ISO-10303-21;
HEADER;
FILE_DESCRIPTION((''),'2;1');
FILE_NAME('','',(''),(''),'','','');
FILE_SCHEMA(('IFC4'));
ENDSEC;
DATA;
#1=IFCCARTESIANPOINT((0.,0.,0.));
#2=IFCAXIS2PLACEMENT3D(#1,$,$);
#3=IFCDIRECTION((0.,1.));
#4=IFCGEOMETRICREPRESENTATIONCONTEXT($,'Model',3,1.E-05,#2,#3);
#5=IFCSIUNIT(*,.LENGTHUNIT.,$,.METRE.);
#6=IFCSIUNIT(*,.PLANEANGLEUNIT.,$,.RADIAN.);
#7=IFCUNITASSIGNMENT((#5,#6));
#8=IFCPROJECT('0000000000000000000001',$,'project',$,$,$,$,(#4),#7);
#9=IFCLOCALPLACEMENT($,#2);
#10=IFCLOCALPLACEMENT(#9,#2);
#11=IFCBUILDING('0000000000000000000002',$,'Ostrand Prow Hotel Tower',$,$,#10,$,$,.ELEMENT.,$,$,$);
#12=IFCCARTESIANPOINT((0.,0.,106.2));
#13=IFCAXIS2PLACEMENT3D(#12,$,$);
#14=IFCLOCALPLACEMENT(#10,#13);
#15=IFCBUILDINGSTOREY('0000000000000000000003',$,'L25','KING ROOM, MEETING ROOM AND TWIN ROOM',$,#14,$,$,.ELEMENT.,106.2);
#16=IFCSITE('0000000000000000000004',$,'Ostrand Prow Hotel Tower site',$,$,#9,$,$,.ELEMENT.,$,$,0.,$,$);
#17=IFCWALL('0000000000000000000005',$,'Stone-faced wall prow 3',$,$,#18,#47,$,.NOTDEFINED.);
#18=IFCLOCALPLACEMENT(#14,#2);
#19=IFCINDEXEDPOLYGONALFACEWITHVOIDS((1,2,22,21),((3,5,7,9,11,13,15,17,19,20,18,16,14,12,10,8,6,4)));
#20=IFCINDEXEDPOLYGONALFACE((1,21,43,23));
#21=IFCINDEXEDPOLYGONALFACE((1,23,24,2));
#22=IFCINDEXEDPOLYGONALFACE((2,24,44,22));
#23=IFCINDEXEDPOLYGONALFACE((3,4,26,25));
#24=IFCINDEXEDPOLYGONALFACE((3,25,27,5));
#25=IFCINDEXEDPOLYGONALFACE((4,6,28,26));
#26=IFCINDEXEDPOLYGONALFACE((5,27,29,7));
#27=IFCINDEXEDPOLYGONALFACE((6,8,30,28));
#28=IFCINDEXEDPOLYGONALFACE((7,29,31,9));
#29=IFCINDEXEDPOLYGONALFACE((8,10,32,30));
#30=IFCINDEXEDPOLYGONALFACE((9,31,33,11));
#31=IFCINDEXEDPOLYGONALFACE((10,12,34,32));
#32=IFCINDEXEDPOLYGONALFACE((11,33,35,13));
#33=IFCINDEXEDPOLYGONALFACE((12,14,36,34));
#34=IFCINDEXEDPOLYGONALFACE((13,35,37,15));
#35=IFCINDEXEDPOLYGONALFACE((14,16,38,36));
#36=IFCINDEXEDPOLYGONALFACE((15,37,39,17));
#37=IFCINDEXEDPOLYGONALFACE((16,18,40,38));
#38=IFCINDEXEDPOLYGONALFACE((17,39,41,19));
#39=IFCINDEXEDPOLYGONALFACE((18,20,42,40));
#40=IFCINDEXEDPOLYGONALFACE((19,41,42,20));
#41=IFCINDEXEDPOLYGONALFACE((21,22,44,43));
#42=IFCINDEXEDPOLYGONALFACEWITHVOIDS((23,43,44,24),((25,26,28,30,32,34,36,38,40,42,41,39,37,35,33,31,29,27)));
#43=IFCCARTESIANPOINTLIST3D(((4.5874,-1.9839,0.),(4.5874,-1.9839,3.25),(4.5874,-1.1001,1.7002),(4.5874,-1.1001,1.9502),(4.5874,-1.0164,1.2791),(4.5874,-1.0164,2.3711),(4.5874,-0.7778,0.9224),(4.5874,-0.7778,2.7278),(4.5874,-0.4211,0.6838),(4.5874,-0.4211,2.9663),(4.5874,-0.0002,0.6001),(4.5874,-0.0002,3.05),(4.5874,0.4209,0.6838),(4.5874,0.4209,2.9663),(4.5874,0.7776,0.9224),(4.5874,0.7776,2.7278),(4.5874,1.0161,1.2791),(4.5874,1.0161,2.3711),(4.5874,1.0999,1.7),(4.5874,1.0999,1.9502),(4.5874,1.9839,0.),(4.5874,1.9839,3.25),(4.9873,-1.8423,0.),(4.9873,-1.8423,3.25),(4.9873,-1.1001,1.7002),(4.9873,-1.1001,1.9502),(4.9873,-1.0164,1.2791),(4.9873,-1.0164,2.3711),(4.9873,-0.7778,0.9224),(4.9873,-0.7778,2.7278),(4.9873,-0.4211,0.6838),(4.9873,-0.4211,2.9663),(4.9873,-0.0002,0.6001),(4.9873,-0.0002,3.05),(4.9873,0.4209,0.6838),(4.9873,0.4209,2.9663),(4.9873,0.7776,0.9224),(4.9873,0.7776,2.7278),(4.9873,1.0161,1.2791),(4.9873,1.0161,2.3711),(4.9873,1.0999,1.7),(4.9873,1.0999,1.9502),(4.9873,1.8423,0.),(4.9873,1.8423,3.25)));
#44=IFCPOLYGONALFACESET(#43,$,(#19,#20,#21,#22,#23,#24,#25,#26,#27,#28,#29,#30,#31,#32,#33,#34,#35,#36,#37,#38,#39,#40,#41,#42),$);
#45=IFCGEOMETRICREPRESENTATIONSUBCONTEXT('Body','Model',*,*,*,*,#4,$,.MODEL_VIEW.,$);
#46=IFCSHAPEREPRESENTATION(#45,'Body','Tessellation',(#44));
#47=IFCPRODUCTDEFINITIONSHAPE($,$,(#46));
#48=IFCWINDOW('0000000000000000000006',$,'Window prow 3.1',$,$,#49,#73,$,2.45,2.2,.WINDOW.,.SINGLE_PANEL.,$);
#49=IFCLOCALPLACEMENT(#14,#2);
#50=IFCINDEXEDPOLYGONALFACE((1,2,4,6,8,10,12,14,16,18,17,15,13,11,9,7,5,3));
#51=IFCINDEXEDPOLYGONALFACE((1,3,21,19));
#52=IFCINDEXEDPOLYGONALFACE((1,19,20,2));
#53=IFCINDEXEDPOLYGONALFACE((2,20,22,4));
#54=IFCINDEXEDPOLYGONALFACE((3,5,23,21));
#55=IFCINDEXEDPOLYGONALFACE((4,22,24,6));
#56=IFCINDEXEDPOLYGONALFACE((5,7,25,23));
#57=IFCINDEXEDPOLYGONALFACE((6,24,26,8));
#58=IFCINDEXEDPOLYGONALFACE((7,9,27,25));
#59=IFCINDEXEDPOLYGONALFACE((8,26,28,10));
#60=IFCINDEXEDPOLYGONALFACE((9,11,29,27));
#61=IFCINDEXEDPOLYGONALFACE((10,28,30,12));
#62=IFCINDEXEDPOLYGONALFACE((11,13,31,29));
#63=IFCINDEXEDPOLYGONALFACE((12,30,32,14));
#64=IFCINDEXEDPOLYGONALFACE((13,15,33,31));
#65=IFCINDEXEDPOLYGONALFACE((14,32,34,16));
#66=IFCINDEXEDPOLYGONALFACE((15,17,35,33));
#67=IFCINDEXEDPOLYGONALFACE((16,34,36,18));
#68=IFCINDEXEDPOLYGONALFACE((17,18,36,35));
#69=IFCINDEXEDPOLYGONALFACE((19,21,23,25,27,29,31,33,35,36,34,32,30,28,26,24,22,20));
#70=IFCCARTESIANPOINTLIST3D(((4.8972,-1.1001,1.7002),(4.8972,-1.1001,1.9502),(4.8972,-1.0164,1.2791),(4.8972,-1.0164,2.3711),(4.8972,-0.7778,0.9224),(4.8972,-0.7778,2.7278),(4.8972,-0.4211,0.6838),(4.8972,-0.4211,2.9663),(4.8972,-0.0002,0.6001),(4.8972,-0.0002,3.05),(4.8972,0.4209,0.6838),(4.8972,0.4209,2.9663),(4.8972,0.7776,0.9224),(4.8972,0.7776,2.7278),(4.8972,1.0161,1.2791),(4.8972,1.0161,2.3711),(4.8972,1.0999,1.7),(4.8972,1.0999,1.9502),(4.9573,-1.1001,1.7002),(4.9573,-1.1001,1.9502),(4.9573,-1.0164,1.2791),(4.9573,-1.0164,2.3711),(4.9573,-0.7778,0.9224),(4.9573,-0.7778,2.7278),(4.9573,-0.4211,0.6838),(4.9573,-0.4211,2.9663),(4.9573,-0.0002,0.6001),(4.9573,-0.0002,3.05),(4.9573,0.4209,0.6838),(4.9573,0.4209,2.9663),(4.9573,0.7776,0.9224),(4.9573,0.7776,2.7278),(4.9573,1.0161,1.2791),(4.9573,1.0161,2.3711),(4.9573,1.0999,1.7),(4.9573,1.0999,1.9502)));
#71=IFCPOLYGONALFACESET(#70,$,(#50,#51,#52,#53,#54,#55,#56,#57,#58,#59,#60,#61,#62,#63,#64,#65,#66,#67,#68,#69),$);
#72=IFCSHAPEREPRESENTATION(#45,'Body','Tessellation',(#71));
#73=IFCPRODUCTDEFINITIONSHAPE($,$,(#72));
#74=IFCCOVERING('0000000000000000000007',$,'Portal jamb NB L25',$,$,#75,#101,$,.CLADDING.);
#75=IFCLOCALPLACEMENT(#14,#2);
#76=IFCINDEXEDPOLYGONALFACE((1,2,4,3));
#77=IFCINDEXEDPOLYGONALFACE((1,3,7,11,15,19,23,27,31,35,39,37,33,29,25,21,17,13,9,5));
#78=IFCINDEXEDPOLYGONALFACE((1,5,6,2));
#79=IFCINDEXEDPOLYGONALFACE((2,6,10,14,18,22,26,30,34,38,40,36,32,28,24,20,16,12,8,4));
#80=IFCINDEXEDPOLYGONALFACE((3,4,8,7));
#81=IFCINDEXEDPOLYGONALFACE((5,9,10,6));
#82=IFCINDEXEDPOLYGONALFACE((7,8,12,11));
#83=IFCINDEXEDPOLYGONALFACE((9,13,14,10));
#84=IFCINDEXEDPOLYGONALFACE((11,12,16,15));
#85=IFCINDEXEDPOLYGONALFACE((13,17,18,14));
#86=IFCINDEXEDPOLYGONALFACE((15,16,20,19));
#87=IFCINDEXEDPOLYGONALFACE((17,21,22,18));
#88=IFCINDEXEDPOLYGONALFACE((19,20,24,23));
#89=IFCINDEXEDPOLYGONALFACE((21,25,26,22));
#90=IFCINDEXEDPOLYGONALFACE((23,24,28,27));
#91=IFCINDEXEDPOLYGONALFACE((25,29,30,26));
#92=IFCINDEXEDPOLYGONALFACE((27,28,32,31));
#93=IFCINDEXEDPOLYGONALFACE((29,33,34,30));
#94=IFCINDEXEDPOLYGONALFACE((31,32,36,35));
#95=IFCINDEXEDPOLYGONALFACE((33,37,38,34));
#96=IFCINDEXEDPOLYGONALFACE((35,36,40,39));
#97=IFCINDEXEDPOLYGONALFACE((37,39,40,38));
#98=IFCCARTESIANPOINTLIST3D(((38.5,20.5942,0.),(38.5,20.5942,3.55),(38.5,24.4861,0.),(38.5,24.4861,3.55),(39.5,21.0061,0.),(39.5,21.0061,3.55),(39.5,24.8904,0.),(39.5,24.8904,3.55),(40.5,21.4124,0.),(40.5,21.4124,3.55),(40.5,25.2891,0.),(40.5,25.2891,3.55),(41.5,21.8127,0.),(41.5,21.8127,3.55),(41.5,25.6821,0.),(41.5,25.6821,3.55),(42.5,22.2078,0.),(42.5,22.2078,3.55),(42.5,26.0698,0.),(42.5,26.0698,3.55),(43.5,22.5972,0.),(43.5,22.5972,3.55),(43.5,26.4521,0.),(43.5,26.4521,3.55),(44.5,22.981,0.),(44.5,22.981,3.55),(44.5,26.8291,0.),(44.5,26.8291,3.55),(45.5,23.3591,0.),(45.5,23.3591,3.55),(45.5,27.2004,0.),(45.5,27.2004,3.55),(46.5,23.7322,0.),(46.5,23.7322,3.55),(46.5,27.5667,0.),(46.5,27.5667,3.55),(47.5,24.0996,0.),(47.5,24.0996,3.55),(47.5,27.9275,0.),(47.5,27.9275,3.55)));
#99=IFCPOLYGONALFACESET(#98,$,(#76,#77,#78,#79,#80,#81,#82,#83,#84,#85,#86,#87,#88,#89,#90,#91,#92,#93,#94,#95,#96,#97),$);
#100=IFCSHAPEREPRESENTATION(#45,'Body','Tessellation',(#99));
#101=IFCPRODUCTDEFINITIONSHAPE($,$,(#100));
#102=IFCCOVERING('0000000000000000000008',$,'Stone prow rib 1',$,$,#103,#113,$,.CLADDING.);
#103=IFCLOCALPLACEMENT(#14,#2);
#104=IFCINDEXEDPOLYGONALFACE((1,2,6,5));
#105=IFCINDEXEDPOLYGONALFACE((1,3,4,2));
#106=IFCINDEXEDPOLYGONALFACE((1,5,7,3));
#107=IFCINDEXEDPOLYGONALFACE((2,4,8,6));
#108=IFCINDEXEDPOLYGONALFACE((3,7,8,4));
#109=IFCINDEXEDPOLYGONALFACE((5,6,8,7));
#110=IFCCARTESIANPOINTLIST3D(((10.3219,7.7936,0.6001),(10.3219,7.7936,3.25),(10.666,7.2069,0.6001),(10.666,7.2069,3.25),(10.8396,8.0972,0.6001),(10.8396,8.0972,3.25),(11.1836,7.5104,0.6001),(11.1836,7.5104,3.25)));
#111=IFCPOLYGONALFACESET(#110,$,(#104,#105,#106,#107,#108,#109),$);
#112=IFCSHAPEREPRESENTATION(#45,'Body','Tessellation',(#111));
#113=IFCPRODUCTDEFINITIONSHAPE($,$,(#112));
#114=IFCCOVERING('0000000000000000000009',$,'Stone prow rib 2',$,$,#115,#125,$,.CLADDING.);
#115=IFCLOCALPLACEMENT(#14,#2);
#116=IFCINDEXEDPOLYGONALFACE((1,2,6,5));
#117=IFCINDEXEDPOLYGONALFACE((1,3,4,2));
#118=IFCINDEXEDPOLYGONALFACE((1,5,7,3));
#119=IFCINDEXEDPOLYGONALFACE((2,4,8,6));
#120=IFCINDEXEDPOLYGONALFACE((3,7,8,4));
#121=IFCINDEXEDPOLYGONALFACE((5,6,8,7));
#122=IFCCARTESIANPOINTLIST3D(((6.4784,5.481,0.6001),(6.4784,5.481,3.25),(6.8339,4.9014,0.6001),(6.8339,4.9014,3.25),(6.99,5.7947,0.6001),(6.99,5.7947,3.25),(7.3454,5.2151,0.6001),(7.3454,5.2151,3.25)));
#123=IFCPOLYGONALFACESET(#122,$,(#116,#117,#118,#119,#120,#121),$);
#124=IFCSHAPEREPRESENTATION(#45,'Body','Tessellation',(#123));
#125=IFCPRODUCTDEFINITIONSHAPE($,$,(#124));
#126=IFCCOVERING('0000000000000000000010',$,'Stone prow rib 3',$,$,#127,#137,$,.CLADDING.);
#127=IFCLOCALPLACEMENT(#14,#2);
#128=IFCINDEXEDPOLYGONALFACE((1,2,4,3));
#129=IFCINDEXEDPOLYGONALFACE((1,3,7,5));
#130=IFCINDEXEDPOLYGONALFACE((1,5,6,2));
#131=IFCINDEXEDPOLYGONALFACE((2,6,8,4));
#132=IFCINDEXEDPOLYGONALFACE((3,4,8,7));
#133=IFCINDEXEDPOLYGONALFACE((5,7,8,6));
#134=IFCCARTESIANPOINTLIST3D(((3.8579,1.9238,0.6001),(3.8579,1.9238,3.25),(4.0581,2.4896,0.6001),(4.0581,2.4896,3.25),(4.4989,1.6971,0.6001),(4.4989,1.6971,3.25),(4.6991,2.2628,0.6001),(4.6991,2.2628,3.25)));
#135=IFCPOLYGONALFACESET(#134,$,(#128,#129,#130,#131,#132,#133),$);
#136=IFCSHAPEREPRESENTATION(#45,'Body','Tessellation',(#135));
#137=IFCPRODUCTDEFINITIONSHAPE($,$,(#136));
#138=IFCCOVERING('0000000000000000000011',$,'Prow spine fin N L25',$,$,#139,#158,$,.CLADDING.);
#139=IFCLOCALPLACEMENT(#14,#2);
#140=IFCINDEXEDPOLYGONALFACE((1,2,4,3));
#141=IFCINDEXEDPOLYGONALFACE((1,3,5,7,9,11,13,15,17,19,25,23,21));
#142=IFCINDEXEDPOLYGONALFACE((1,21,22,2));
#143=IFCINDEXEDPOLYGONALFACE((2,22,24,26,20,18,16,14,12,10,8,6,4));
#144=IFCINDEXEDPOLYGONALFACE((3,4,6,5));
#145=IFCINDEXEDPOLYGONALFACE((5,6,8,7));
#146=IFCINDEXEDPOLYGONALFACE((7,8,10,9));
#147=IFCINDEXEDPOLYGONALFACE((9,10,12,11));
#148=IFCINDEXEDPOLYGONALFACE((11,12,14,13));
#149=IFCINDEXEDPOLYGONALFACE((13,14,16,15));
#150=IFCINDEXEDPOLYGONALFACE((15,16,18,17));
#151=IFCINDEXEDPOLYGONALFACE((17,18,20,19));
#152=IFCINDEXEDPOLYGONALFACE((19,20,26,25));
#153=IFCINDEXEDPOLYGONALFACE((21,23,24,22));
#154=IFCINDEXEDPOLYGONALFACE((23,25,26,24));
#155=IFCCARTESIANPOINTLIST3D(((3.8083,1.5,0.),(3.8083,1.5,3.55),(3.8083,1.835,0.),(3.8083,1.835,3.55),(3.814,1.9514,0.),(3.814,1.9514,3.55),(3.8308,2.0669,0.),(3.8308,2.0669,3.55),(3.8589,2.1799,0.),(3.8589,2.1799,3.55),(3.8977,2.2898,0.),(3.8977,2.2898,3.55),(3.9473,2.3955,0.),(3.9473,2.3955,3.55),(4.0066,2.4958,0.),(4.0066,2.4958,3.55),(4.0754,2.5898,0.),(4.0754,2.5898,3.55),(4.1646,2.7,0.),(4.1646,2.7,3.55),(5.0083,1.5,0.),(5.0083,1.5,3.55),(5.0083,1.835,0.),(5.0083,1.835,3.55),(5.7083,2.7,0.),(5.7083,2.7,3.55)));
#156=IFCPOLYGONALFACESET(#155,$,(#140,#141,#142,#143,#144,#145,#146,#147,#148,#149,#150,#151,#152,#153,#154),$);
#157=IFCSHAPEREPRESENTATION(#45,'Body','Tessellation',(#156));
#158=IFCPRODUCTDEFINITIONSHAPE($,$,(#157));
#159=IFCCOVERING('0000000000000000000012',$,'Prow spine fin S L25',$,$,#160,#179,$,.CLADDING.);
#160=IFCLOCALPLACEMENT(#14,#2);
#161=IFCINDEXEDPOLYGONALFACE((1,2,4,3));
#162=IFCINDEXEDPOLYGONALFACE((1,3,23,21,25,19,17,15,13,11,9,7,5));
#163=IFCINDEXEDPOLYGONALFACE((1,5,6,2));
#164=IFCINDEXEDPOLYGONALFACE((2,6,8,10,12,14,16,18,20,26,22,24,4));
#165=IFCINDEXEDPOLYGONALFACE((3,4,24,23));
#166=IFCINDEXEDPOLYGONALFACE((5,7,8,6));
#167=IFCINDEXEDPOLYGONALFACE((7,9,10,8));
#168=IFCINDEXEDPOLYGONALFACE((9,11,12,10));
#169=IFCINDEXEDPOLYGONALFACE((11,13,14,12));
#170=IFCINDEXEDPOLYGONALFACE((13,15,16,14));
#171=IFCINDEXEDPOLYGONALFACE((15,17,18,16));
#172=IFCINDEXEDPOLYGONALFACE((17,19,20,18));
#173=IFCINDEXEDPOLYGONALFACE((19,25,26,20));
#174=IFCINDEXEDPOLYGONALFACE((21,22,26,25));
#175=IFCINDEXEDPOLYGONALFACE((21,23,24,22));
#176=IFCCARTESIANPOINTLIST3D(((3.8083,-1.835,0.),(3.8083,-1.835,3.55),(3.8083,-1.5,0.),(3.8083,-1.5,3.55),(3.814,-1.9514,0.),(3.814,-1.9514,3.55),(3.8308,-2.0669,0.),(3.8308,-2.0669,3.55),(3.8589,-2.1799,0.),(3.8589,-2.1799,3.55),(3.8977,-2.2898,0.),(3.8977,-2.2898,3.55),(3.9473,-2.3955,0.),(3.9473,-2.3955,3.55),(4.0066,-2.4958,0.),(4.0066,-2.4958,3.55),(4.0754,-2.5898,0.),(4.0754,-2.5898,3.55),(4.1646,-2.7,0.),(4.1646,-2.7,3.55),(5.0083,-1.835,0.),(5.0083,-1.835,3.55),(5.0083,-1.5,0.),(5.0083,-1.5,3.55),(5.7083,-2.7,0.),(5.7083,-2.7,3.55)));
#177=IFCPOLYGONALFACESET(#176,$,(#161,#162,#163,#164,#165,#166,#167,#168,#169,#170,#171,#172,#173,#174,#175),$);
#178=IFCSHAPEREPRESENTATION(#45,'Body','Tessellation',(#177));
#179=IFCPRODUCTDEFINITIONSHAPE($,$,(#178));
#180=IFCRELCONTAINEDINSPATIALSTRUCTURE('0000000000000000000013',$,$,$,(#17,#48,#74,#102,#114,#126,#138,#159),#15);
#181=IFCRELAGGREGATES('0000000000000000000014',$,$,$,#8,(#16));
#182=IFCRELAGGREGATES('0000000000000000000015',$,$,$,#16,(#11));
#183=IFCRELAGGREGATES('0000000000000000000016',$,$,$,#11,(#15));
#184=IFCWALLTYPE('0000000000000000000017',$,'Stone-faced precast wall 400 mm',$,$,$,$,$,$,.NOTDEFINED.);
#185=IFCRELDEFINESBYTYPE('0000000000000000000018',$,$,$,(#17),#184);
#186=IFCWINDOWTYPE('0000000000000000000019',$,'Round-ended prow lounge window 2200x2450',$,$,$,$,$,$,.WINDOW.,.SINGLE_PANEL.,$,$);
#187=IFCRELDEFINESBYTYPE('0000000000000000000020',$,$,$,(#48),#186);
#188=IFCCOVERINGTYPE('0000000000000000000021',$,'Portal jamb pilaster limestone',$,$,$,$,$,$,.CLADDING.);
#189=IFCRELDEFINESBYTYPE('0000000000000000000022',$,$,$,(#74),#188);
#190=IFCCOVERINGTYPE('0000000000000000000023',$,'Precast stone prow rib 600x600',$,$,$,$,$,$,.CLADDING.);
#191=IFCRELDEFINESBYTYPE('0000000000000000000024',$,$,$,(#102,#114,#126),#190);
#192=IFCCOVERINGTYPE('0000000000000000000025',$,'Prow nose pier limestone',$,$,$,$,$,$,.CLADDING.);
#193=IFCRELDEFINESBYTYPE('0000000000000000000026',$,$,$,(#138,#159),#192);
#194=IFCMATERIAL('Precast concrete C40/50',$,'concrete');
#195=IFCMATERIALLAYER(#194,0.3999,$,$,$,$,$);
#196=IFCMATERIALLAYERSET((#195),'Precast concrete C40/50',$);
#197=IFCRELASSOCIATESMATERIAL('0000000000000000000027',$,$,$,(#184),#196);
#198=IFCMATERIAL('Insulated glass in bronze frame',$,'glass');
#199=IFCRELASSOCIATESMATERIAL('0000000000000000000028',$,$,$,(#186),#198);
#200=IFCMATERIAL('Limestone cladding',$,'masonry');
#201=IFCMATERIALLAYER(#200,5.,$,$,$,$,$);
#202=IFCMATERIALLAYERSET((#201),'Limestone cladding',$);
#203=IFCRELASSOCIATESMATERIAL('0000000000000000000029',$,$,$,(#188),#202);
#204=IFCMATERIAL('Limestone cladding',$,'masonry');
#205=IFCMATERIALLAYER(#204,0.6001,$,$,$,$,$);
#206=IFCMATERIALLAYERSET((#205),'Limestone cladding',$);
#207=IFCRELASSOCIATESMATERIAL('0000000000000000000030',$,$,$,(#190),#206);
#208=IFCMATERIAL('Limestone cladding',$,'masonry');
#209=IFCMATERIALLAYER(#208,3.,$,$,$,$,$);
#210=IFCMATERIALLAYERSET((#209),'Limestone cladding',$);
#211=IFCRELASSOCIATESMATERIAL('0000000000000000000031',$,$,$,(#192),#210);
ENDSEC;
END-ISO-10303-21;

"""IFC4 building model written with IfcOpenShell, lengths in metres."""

from ifc_helpers import new_model, si_unit, direction, frame, frame_2d, origin, place, context, subcontext, project, spatial, polyline, rectangle, outline, extrude, material, layer, layer_set, type_object, element, fill, save


model = new_model("IFC4")

# Units and contexts
model_context = context("Model", 3, precision=1e-05, world=origin(), true_north=direction((0.0, 1.0)))
body_context = subcontext(model_context, "Body", "Model", "MODEL_VIEW")
ifc_project = project(units=[si_unit("LENGTHUNIT", "METRE"), si_unit("PLANEANGLEUNIT", "RADIAN")], contexts=[model_context])

# Site, building, storey
site_placement = place(None, origin())
site = spatial("IfcSite", under=ifc_project, at=site_placement, Name="Ostrand Prow Hotel Tower site", CompositionType="ELEMENT", RefElevation=0.0)
building_placement = place(site_placement, origin())
building = spatial("IfcBuilding", under=site, at=building_placement, Name="Ostrand Prow Hotel Tower", CompositionType="ELEMENT")
storey_placement = place(building_placement, frame((0.0, 0.0, 106.2)))
storey = spatial("IfcBuildingStorey", under=building, at=storey_placement, Name="L25", Description="KING ROOM, MEETING ROOM AND TWIN ROOM", CompositionType="ELEMENT", Elevation=106.2)

# Wall, opening, window
ifc_material_1 = material(Name="Precast concrete C40/50", Category="concrete")
ifc_layer_1 = layer(ifc_material_1, 0.3999)
ifc_layer_set_1 = layer_set([ifc_layer_1], Name="Precast concrete C40/50")
wall_type_1 = type_object("IfcWallType", Name="Stone-faced precast wall 400 mm", PredefinedType="NOTDEFINED", material=ifc_layer_set_1)
ifc_material_2 = material(Name="Insulated glass in bronze frame", Category="glass")
window_type = type_object("IfcWindowType", Name="Round-ended prow lounge window 2200x2450", PartitioningType="SINGLE_PANEL", PredefinedType="WINDOW", material=ifc_material_2)
wall_1_placement = place(storey_placement, frame((4.7874, 1.9131, 0.0), z_axis=(0.0, 0.0, 1.0), x_axis=(0.0, -1.0, 0.0)))
wall_1 = element("IfcWall", 1, at=wall_1_placement, inside=storey, type_object=wall_type_1, Name="Stone-faced wall prow 3", PredefinedType="NOTDEFINED", context=body_context, shape_type="SweptSolid", body=[
    extrude(outline(polyline([(-0.0708, -0.2), (3.897, -0.2), (3.7554, 0.2), (0.0708, 0.2), (-0.0708, -0.2)])), origin(), (0.0, 0.0, 1.0), 3.25),
])
opening_1_placement = place(wall_1_placement, frame((0.8132, 0.0, 0.6001)))
opening_1 = element("IfcOpeningElement", 2, at=opening_1_placement, cuts=wall_1, PredefinedType="OPENING", context=body_context, shape_type="SweptSolid", body=[
    extrude(outline(polyline([(0.0, 1.3501), (0.0837, 1.771), (0.3223, 2.1277), (0.679, 2.3662), (1.1001, 2.45), (1.521, 2.3662), (1.8777, 2.1277), (2.1162, 1.771), (2.2, 1.3501), (2.2, 1.1001), (2.1162, 0.679), (1.8777, 0.3223), (1.521, 0.0837), (1.1001, 0.0), (0.679, 0.0837), (0.3223, 0.3223), (0.0837, 0.679), (0.0, 1.0999), (0.0, 1.3501)])), frame((0.0, 0.21, 0.0), z_axis=(0.0, -1.0, 0.0), x_axis=(1.0, 0.0, 0.0)), (0.0, 0.0, 1.0), 0.4199),
])
window_1_placement = place(opening_1_placement, origin())
window_1 = element("IfcWindow", 3, at=window_1_placement, inside=storey, type_object=window_type, Name="Window prow 3.1", OverallHeight=2.45, OverallWidth=2.2, PartitioningType="SINGLE_PANEL", PredefinedType="WINDOW", context=body_context, shape_type="SweptSolid", body=[
    extrude(outline(polyline([(0.0, 1.3501), (0.0837, 1.771), (0.3223, 2.1277), (0.679, 2.3662), (1.1001, 2.45), (1.521, 2.3662), (1.8777, 2.1277), (2.1162, 1.771), (2.2, 1.3501), (2.2, 1.1001), (2.1162, 0.679), (1.8777, 0.3223), (1.521, 0.0837), (1.1001, 0.0), (0.679, 0.0837), (0.3223, 0.3223), (0.0837, 0.679), (0.0, 1.0999), (0.0, 1.3501)])), frame((0.0, 0.1699, 0.0), z_axis=(0.0, -1.0, 0.0), x_axis=(1.0, 0.0, 0.0)), (0.0, 0.0, 1.0), 0.0601),
])
fill(opening_1, window_1)

# Coverings
ifc_material_3 = material(Name="Limestone cladding", Category="masonry")
ifc_layer_2 = layer(ifc_material_3, 5.0)
ifc_layer_set_2 = layer_set([ifc_layer_2], Name="Limestone cladding")
covering_type_1 = type_object("IfcCoveringType", Name="Portal jamb pilaster limestone", PredefinedType="CLADDING", material=ifc_layer_set_2)
covering_1_placement = place(storey_placement, origin())
element("IfcCovering", 4, at=covering_1_placement, inside=storey, type_object=covering_type_1, Name="Portal jamb NB L25", PredefinedType="CLADDING", context=body_context, shape_type="SweptSolid", body=[
    extrude(outline(polyline([(38.5, 20.5942), (39.5, 21.0061), (40.5, 21.4124), (41.5, 21.8127), (42.5, 22.2078), (43.5, 22.5972), (44.5, 22.981), (45.5, 23.3591), (46.5, 23.7322), (47.5, 24.0996), (47.5, 27.9275), (46.5, 27.5667), (45.5, 27.2004), (44.5, 26.8291), (43.5, 26.4521), (42.5, 26.0698), (41.5, 25.6821), (40.5, 25.2891), (39.5, 24.8904), (38.5, 24.4861), (38.5, 20.5942)])), origin(), (0.0, 0.0, 1.0), 3.55),
])
ifc_material_4 = material(Name="Limestone cladding", Category="masonry")
ifc_layer_3 = layer(ifc_material_4, 0.6001)
ifc_layer_set_3 = layer_set([ifc_layer_3], Name="Limestone cladding")
covering_type_2 = type_object("IfcCoveringType", Name="Precast stone prow rib 600x600", PredefinedType="CLADDING", material=ifc_layer_set_3)
covering_2_placement = place(storey_placement, frame((10.9248, 7.3586, 0.6001), z_axis=(0.0, 0.0, 1.0), x_axis=(-0.505812, 0.862644, 0.0)))
element("IfcCovering", 5, at=covering_2_placement, inside=storey, type_object=covering_type_2, Name="Stone prow rib 1", PredefinedType="CLADDING", context=body_context, shape_type="SweptSolid", body=[
    extrude(rectangle(XDim=0.6802, YDim=0.6001, at=frame_2d((0.3401, 0.0))), origin(), (0.0, 0.0, 1.0), 2.6499),
])
for number, where, z_axis, x_axis, name in (
    (6, (7.0896, 5.0583, 0.6001), (0.0, 0.0, 1.0), (-0.522815, 0.852446, 0.0), "Stone prow rib 2"),
    (7, (4.5989, 1.98, 0.6001), (0.0, 0.0, 1.0), (-0.942745, 0.333515, 0.0), "Stone prow rib 3"),
):
    element("IfcCovering", number, at=place(storey_placement, frame(where, z_axis=z_axis, x_axis=x_axis)), inside=storey, type_object=covering_type_2, Name=name, PredefinedType="CLADDING", context=body_context, shape_type="SweptSolid", body=[
        extrude(rectangle(XDim=0.6799, YDim=0.6001, at=frame_2d((0.3398, 0.0))), origin(), (0.0, 0.0, 1.0), 2.6499),
    ])
ifc_material_5 = material(Name="Limestone cladding", Category="masonry")
ifc_layer_4 = layer(ifc_material_5, 3.0)
ifc_layer_set_4 = layer_set([ifc_layer_4], Name="Limestone cladding")
covering_type_3 = type_object("IfcCoveringType", Name="Prow nose pier limestone", PredefinedType="CLADDING", material=ifc_layer_set_4)
covering_3_placement = place(storey_placement, origin())
element("IfcCovering", 8, at=covering_3_placement, inside=storey, type_object=covering_type_3, Name="Prow spine fin N L25", PredefinedType="CLADDING", context=body_context, shape_type="SweptSolid", body=[
    extrude(outline(polyline([(3.8083, 1.835), (3.8083, 1.5), (5.0083, 1.5), (5.0083, 1.835), (5.7083, 2.7), (4.1646, 2.7), (4.0754, 2.5898), (4.0066, 2.4958), (3.9473, 2.3955), (3.8977, 2.2898), (3.8589, 2.1799), (3.8308, 2.0669), (3.814, 1.9514), (3.8083, 1.835)])), origin(), (0.0, 0.0, 1.0), 3.55),
])
covering_4_placement = place(storey_placement, origin())
element("IfcCovering", 9, at=covering_4_placement, inside=storey, type_object=covering_type_3, Name="Prow spine fin S L25", PredefinedType="CLADDING", context=body_context, shape_type="SweptSolid", body=[
    extrude(outline(polyline([(4.0754, -2.5898), (4.1646, -2.7), (5.7083, -2.7), (5.0083, -1.835), (5.0083, -1.5), (3.8083, -1.5), (3.8083, -1.835), (3.814, -1.9514), (3.8308, -2.0669), (3.8589, -2.1799), (3.8977, -2.2898), (3.9473, -2.3955), (4.0066, -2.4958), (4.0754, -2.5898)])), origin(), (0.0, 0.0, 1.0), 3.55),
])

save(model, "model.ifc")
